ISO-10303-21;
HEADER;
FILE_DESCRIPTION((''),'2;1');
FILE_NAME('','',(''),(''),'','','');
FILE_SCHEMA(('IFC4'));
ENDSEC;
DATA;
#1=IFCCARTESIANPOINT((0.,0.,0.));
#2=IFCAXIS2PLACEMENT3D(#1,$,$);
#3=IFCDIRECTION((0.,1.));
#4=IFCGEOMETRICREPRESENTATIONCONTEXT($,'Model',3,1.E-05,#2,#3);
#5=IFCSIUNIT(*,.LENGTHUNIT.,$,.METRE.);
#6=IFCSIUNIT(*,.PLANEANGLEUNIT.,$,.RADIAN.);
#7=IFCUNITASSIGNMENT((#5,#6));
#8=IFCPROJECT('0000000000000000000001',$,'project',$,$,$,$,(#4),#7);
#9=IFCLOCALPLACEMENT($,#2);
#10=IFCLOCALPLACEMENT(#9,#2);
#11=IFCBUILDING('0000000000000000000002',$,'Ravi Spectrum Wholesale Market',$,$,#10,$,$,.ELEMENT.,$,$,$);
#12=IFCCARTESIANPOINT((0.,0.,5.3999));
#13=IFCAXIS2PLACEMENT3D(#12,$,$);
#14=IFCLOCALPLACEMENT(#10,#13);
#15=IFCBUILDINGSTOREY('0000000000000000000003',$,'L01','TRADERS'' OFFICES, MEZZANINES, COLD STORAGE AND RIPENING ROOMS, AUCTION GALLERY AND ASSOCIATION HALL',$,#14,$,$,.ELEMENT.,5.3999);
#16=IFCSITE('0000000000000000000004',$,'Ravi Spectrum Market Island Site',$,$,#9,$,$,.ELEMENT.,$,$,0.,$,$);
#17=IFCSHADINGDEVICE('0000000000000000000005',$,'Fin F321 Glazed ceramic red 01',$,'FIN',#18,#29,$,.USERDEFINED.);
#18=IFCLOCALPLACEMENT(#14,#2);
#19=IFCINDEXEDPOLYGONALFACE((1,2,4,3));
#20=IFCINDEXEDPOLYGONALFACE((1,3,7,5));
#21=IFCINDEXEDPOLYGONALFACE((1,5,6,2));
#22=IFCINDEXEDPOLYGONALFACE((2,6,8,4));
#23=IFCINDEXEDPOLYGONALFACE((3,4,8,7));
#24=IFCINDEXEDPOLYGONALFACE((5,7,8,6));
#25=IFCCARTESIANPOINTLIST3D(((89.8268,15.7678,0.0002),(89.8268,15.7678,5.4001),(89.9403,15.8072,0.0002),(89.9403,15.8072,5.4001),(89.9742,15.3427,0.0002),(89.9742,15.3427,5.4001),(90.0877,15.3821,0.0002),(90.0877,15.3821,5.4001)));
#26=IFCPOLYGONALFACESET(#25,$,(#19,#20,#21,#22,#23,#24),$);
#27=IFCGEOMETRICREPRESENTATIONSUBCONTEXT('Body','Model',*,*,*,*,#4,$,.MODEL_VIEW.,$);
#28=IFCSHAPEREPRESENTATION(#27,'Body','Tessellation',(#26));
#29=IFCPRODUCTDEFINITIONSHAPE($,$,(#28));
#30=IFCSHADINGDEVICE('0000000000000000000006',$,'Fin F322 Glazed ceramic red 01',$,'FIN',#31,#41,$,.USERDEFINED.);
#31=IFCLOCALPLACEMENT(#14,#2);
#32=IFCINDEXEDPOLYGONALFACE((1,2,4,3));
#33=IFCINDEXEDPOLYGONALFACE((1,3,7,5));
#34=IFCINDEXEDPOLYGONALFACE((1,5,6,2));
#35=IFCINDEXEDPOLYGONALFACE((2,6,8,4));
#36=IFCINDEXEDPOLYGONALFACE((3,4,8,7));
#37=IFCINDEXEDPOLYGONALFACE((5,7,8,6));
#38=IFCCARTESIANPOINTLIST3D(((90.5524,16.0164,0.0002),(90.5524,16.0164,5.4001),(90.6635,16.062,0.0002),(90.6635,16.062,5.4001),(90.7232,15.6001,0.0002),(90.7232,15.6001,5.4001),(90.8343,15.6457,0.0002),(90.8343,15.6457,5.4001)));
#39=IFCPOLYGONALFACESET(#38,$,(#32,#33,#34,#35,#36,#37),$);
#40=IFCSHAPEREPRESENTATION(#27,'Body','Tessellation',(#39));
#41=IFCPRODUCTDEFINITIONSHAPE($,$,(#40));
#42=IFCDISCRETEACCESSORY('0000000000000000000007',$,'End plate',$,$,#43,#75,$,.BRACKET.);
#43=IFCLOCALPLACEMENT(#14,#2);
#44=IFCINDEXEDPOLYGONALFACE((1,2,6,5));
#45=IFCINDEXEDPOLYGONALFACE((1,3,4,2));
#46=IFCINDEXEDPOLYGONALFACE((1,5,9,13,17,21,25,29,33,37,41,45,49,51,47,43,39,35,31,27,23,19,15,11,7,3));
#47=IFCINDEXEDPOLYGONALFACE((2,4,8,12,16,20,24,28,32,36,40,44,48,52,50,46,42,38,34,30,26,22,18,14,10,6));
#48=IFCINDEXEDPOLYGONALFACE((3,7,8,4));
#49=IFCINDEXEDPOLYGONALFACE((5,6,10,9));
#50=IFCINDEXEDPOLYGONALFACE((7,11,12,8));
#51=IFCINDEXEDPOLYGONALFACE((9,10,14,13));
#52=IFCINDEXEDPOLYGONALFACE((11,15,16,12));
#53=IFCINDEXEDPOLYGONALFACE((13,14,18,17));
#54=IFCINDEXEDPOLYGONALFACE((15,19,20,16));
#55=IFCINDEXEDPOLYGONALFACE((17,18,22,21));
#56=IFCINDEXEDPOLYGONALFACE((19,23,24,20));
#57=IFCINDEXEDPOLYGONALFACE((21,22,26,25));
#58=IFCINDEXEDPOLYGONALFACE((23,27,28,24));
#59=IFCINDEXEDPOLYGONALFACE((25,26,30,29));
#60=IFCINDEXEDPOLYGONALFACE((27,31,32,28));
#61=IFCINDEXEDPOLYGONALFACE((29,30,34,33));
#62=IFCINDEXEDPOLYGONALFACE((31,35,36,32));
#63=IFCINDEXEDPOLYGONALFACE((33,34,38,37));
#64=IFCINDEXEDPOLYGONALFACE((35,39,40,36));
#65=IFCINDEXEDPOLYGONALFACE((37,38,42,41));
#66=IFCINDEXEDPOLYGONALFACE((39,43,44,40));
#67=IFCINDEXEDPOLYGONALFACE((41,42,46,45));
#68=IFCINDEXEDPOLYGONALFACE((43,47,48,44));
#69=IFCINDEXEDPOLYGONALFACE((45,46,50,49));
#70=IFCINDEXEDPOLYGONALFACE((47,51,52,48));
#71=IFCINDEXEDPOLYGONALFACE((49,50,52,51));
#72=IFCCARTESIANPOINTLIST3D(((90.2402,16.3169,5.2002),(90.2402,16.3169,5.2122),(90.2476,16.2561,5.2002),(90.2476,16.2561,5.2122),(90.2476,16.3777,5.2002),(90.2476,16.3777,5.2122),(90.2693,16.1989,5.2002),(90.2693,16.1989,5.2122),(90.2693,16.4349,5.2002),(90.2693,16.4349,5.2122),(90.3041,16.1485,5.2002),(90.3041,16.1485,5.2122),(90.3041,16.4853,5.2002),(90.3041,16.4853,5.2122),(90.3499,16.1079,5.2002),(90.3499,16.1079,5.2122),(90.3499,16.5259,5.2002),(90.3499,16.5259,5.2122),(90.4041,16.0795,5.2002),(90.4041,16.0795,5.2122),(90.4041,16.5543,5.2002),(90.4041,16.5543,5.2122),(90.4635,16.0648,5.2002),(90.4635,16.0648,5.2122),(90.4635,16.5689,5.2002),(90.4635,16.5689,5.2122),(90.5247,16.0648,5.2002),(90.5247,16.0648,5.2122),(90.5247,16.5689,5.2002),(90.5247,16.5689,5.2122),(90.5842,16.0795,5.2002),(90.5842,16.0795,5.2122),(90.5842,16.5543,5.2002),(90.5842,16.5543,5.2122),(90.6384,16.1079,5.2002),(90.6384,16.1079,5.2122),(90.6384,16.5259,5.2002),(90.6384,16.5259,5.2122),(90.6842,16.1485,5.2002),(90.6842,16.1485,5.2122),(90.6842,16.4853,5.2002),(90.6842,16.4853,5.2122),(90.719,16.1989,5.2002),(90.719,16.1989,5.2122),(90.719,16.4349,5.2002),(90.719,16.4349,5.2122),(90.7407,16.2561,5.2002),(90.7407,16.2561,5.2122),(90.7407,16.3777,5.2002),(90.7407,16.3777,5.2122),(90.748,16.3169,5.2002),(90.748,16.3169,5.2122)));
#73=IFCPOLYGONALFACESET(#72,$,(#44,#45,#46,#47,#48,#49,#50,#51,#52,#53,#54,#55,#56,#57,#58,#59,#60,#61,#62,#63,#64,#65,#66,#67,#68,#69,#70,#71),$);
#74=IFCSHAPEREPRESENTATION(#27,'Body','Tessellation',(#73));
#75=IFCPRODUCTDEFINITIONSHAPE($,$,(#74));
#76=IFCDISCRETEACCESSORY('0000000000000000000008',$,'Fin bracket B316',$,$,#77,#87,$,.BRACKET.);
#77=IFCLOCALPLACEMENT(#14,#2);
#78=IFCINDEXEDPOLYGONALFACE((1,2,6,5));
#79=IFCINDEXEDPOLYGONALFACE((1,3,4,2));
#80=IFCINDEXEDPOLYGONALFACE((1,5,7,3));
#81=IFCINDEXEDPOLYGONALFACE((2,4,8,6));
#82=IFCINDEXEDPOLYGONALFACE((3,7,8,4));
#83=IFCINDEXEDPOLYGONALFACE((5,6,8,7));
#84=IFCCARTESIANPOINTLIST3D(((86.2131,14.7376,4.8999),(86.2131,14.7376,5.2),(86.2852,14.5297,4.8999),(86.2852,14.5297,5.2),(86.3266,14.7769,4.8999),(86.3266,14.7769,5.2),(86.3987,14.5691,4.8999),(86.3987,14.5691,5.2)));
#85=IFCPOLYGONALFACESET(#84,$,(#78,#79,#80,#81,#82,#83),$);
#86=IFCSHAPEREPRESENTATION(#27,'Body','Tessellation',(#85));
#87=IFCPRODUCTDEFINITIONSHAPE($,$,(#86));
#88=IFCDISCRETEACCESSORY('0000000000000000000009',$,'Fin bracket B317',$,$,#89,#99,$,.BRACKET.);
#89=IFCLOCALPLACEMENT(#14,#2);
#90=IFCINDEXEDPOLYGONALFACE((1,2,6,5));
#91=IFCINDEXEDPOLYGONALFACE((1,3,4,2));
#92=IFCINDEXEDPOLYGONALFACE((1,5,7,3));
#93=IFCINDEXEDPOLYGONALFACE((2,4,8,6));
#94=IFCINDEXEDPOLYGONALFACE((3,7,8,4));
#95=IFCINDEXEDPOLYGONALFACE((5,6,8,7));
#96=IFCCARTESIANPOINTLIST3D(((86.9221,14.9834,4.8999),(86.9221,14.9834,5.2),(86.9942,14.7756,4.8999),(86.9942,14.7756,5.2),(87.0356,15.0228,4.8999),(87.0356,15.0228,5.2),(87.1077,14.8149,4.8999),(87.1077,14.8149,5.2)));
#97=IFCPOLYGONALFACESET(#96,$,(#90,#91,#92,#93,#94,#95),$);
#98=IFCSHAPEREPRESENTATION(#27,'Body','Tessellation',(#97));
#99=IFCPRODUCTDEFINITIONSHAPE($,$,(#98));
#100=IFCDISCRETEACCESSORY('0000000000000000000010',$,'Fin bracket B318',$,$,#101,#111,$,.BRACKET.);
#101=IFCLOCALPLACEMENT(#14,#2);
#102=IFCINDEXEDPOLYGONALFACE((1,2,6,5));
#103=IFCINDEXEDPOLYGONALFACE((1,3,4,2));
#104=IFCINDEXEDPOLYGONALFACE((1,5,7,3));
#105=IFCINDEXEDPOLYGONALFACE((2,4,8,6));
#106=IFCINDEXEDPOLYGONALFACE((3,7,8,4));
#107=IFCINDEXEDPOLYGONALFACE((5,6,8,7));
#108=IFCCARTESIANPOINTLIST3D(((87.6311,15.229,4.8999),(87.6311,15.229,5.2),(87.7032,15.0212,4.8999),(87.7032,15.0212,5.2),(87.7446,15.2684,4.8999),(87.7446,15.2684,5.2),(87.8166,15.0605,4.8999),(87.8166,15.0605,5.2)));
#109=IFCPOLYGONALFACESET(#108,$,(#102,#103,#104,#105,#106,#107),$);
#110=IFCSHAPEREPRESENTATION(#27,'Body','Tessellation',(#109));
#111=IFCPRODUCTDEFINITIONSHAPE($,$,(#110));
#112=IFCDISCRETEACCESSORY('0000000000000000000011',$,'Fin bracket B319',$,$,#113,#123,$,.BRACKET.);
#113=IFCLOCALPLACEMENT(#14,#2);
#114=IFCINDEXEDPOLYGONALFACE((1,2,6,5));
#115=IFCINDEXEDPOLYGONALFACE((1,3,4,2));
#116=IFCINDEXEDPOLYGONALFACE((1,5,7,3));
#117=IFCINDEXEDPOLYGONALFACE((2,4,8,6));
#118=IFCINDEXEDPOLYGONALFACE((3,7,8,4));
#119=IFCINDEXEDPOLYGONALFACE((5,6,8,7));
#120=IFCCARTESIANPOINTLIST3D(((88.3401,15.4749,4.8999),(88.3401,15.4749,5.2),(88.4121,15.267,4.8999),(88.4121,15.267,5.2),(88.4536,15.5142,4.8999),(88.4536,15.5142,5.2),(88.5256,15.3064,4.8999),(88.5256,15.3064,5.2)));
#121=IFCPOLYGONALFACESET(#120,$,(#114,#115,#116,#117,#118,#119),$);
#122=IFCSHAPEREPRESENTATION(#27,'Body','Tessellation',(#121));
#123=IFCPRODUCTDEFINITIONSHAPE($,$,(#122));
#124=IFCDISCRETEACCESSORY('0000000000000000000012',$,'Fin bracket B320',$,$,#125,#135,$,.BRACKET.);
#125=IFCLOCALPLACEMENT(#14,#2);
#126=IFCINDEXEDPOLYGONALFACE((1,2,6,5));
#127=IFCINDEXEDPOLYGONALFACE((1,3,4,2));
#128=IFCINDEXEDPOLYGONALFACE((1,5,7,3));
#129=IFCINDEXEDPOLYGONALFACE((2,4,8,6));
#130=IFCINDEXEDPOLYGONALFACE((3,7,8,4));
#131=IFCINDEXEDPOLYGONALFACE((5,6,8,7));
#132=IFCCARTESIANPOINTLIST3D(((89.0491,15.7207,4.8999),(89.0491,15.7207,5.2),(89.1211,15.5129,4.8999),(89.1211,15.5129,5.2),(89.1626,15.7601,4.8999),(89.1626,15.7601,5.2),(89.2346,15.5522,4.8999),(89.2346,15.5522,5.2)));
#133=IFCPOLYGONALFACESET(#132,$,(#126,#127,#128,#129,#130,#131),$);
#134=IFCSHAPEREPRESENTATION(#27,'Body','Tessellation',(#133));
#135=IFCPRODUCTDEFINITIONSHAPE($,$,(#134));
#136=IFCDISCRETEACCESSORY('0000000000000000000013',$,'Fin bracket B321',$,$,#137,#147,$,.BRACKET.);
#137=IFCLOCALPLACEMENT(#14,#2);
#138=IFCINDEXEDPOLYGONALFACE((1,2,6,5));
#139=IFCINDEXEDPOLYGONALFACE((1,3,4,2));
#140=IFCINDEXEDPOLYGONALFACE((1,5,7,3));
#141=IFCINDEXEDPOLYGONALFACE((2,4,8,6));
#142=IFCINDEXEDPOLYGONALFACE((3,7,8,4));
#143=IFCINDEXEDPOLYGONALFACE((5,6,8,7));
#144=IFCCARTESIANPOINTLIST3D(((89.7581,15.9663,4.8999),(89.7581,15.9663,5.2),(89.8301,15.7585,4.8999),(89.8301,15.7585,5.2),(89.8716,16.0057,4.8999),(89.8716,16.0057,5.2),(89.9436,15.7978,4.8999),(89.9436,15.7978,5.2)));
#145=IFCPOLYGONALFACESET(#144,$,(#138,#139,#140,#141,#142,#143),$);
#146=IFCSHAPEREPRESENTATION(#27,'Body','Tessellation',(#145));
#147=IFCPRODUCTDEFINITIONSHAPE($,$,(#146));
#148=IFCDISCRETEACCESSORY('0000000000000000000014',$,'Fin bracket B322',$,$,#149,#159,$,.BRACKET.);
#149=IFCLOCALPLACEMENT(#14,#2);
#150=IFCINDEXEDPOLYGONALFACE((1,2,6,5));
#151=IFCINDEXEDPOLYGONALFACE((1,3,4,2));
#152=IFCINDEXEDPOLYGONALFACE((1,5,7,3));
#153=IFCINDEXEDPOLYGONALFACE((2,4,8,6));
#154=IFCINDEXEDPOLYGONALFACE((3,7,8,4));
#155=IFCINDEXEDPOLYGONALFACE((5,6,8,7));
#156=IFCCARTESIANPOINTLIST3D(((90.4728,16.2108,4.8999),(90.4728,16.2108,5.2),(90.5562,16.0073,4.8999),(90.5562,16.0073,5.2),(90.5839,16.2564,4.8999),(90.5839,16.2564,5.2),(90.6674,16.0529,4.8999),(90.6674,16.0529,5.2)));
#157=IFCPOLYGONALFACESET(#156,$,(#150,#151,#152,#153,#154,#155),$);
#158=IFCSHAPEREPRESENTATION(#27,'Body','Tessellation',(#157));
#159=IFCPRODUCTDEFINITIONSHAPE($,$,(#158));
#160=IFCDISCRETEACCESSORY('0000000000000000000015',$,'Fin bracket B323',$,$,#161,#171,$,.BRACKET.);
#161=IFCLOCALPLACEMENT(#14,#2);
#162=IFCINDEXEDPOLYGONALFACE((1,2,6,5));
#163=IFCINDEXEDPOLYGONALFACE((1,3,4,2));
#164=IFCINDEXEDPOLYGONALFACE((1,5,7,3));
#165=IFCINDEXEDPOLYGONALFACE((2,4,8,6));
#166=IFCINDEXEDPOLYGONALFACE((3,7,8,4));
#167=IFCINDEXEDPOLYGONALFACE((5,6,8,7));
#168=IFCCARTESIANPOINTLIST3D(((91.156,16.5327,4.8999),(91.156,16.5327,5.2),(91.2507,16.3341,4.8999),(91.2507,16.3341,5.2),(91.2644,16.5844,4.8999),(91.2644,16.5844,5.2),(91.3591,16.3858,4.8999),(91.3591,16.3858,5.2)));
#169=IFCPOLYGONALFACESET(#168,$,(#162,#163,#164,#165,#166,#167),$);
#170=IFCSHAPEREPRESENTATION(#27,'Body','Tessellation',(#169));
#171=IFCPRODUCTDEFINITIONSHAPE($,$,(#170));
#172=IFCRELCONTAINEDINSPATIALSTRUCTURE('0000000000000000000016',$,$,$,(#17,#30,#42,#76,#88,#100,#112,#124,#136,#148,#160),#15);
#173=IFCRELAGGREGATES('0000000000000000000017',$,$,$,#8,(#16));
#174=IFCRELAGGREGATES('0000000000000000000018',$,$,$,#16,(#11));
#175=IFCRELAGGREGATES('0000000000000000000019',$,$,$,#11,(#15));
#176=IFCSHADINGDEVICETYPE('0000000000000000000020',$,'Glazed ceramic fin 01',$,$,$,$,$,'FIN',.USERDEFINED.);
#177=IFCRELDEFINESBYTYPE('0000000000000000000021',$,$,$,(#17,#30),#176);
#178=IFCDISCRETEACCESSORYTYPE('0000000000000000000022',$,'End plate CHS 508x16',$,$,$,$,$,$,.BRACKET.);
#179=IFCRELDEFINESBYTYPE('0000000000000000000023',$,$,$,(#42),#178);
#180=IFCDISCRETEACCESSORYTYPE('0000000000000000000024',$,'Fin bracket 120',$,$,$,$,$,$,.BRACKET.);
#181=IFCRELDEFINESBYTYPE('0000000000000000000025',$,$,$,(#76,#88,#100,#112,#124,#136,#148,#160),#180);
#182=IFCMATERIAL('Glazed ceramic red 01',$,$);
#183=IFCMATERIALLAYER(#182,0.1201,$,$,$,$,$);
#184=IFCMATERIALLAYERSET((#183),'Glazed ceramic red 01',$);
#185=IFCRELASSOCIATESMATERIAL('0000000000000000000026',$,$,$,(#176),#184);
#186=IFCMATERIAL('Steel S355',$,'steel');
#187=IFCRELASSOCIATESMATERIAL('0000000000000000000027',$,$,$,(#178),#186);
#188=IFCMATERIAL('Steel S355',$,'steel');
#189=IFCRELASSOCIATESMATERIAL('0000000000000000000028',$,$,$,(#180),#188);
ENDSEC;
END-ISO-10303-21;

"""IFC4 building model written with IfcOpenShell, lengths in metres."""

from ifc_helpers import new_model, si_unit, direction, frame, origin, origin_2d, place, context, subcontext, project, spatial, rectangle, circle, extrude, material, layer, layer_set, material_profile, profile_set, type_object, element, save


model = new_model("IFC4")

# Units and contexts
model_context = context("Model", 3, precision=1e-05, world=origin(), true_north=direction((0.0, 1.0)))
body_context = subcontext(model_context, "Body", "Model", "MODEL_VIEW")
ifc_project = project(units=[si_unit("LENGTHUNIT", "METRE"), si_unit("PLANEANGLEUNIT", "RADIAN")], contexts=[model_context])

# Site, building, storey
site_placement = place(None, origin())
site = spatial("IfcSite", under=ifc_project, at=site_placement, Name="Ravi Spectrum Market Island Site", CompositionType="ELEMENT", RefElevation=0.0)
building_placement = place(site_placement, origin())
building = spatial("IfcBuilding", under=site, at=building_placement, Name="Ravi Spectrum Wholesale Market", CompositionType="ELEMENT")
storey_placement = place(building_placement, frame((0.0, 0.0, 5.3999)))
storey = spatial("IfcBuildingStorey", under=building, at=storey_placement, Name="L01", Description="TRADERS' OFFICES, MEZZANINES, COLD STORAGE AND RIPENING ROOMS, AUCTION GALLERY AND ASSOCIATION HALL", CompositionType="ELEMENT", Elevation=5.3999)

# Shading devices
ifc_material_1 = material(Name="Glazed ceramic red 01")
ifc_layer_1 = layer(ifc_material_1, 0.1201)
ifc_layer_set_1 = layer_set([ifc_layer_1], Name="Glazed ceramic red 01")
shading_device_type = type_object("IfcShadingDeviceType", Name="Glazed ceramic fin 01", ElementType="FIN", PredefinedType="USERDEFINED", material=ifc_layer_set_1)
for number, where, z_axis, x_axis, name in (
    (1, (89.9573, 15.575, 0.0002), (0.0, 0.0, 1.0), (0.944847, 0.327512, 0.0), "Fin F321 Glazed ceramic red 01"),
    (2, (90.6934, 15.8311, 0.0002), (0.0, 0.0, 1.0), (0.925182, 0.379523, 0.0), "Fin F322 Glazed ceramic red 01"),
):
    element("IfcShadingDevice", number, at=place(storey_placement, frame(where, z_axis=z_axis, x_axis=x_axis)), inside=storey, type_object=shading_device_type, Name=name, ObjectType="FIN", PredefinedType="USERDEFINED", context=body_context, shape_type="SweptSolid", body=[
        extrude(rectangle(XDim=0.1201, YDim=0.45, at=origin_2d()), origin(), (0.0, 0.0, 1.0), 5.3999),
    ])

# Discrete accessories
ifc_material_2 = material(Name="Steel S355", Category="steel")
ifc_material_profile_1 = material_profile(ifc_material_2, circle(Radius=0.2539, at=origin_2d()))
ifc_profile_set_1 = profile_set([ifc_material_profile_1], Name="Steel S355")
discrete_accessory_type_1 = type_object("IfcDiscreteAccessoryType", Name="End plate CHS 508x16", PredefinedType="BRACKET", material=ifc_profile_set_1)
discrete_accessory_placement = place(storey_placement, frame((90.4941, 16.3169, 5.2002), z_axis=(0.0, 0.0, 1.0), x_axis=(1.0, 0.0, 0.0)))
element("IfcDiscreteAccessory", 3, at=discrete_accessory_placement, inside=storey, type_object=discrete_accessory_type_1, Name="End plate", PredefinedType="BRACKET", context=body_context, shape_type="SweptSolid", body=[
    extrude(circle(Radius=0.2539, at=origin_2d()), origin(), (0.0, 0.0, 1.0), 0.012),
])
ifc_material_3 = material(Name="Steel S355", Category="steel")
discrete_accessory_type_2 = type_object("IfcDiscreteAccessoryType", Name="Fin bracket 120", PredefinedType="BRACKET", material=ifc_material_3)
for number, where, z_axis, x_axis, name in (
    (4, (86.3059, 14.6533, 4.8999), (0.0, 0.0, 1.0), (0.944847, 0.327512, 0.0), "Fin bracket B316"),
    (5, (87.0149, 14.8992, 4.8999), (0.0, 0.0, 1.0), (0.944847, 0.327512, 0.0), "Fin bracket B317"),
    (6, (87.7239, 15.1448, 4.8999), (0.0, 0.0, 1.0), (0.944847, 0.327512, 0.0), "Fin bracket B318"),
    (7, (88.4329, 15.3906, 4.8999), (0.0, 0.0, 1.0), (0.944847, 0.327512, 0.0), "Fin bracket B319"),
    (8, (89.1418, 15.6365, 4.8999), (0.0, 0.0, 1.0), (0.944847, 0.327512, 0.0), "Fin bracket B320"),
    (9, (89.8508, 15.8821, 4.8999), (0.0, 0.0, 1.0), (0.944847, 0.327512, 0.0), "Fin bracket B321"),
    (10, (90.5701, 16.1318, 4.8999), (0.0, 0.0, 1.0), (0.925182, 0.379523, 0.0), "Fin bracket B322"),
    (11, (91.2576, 16.4592, 4.8999), (0.0, 0.0, 1.0), (0.902657, 0.43036, 0.0), "Fin bracket B323"),
):
    element("IfcDiscreteAccessory", number, at=place(storey_placement, frame(where, z_axis=z_axis, x_axis=x_axis)), inside=storey, type_object=discrete_accessory_type_2, Name=name, PredefinedType="BRACKET", context=body_context, shape_type="SweptSolid", body=[
        extrude(rectangle(XDim=0.1201, YDim=0.22, at=origin_2d()), origin(), (0.0, 0.0, 1.0), 0.3),
    ])

save(model, "model.ifc")
